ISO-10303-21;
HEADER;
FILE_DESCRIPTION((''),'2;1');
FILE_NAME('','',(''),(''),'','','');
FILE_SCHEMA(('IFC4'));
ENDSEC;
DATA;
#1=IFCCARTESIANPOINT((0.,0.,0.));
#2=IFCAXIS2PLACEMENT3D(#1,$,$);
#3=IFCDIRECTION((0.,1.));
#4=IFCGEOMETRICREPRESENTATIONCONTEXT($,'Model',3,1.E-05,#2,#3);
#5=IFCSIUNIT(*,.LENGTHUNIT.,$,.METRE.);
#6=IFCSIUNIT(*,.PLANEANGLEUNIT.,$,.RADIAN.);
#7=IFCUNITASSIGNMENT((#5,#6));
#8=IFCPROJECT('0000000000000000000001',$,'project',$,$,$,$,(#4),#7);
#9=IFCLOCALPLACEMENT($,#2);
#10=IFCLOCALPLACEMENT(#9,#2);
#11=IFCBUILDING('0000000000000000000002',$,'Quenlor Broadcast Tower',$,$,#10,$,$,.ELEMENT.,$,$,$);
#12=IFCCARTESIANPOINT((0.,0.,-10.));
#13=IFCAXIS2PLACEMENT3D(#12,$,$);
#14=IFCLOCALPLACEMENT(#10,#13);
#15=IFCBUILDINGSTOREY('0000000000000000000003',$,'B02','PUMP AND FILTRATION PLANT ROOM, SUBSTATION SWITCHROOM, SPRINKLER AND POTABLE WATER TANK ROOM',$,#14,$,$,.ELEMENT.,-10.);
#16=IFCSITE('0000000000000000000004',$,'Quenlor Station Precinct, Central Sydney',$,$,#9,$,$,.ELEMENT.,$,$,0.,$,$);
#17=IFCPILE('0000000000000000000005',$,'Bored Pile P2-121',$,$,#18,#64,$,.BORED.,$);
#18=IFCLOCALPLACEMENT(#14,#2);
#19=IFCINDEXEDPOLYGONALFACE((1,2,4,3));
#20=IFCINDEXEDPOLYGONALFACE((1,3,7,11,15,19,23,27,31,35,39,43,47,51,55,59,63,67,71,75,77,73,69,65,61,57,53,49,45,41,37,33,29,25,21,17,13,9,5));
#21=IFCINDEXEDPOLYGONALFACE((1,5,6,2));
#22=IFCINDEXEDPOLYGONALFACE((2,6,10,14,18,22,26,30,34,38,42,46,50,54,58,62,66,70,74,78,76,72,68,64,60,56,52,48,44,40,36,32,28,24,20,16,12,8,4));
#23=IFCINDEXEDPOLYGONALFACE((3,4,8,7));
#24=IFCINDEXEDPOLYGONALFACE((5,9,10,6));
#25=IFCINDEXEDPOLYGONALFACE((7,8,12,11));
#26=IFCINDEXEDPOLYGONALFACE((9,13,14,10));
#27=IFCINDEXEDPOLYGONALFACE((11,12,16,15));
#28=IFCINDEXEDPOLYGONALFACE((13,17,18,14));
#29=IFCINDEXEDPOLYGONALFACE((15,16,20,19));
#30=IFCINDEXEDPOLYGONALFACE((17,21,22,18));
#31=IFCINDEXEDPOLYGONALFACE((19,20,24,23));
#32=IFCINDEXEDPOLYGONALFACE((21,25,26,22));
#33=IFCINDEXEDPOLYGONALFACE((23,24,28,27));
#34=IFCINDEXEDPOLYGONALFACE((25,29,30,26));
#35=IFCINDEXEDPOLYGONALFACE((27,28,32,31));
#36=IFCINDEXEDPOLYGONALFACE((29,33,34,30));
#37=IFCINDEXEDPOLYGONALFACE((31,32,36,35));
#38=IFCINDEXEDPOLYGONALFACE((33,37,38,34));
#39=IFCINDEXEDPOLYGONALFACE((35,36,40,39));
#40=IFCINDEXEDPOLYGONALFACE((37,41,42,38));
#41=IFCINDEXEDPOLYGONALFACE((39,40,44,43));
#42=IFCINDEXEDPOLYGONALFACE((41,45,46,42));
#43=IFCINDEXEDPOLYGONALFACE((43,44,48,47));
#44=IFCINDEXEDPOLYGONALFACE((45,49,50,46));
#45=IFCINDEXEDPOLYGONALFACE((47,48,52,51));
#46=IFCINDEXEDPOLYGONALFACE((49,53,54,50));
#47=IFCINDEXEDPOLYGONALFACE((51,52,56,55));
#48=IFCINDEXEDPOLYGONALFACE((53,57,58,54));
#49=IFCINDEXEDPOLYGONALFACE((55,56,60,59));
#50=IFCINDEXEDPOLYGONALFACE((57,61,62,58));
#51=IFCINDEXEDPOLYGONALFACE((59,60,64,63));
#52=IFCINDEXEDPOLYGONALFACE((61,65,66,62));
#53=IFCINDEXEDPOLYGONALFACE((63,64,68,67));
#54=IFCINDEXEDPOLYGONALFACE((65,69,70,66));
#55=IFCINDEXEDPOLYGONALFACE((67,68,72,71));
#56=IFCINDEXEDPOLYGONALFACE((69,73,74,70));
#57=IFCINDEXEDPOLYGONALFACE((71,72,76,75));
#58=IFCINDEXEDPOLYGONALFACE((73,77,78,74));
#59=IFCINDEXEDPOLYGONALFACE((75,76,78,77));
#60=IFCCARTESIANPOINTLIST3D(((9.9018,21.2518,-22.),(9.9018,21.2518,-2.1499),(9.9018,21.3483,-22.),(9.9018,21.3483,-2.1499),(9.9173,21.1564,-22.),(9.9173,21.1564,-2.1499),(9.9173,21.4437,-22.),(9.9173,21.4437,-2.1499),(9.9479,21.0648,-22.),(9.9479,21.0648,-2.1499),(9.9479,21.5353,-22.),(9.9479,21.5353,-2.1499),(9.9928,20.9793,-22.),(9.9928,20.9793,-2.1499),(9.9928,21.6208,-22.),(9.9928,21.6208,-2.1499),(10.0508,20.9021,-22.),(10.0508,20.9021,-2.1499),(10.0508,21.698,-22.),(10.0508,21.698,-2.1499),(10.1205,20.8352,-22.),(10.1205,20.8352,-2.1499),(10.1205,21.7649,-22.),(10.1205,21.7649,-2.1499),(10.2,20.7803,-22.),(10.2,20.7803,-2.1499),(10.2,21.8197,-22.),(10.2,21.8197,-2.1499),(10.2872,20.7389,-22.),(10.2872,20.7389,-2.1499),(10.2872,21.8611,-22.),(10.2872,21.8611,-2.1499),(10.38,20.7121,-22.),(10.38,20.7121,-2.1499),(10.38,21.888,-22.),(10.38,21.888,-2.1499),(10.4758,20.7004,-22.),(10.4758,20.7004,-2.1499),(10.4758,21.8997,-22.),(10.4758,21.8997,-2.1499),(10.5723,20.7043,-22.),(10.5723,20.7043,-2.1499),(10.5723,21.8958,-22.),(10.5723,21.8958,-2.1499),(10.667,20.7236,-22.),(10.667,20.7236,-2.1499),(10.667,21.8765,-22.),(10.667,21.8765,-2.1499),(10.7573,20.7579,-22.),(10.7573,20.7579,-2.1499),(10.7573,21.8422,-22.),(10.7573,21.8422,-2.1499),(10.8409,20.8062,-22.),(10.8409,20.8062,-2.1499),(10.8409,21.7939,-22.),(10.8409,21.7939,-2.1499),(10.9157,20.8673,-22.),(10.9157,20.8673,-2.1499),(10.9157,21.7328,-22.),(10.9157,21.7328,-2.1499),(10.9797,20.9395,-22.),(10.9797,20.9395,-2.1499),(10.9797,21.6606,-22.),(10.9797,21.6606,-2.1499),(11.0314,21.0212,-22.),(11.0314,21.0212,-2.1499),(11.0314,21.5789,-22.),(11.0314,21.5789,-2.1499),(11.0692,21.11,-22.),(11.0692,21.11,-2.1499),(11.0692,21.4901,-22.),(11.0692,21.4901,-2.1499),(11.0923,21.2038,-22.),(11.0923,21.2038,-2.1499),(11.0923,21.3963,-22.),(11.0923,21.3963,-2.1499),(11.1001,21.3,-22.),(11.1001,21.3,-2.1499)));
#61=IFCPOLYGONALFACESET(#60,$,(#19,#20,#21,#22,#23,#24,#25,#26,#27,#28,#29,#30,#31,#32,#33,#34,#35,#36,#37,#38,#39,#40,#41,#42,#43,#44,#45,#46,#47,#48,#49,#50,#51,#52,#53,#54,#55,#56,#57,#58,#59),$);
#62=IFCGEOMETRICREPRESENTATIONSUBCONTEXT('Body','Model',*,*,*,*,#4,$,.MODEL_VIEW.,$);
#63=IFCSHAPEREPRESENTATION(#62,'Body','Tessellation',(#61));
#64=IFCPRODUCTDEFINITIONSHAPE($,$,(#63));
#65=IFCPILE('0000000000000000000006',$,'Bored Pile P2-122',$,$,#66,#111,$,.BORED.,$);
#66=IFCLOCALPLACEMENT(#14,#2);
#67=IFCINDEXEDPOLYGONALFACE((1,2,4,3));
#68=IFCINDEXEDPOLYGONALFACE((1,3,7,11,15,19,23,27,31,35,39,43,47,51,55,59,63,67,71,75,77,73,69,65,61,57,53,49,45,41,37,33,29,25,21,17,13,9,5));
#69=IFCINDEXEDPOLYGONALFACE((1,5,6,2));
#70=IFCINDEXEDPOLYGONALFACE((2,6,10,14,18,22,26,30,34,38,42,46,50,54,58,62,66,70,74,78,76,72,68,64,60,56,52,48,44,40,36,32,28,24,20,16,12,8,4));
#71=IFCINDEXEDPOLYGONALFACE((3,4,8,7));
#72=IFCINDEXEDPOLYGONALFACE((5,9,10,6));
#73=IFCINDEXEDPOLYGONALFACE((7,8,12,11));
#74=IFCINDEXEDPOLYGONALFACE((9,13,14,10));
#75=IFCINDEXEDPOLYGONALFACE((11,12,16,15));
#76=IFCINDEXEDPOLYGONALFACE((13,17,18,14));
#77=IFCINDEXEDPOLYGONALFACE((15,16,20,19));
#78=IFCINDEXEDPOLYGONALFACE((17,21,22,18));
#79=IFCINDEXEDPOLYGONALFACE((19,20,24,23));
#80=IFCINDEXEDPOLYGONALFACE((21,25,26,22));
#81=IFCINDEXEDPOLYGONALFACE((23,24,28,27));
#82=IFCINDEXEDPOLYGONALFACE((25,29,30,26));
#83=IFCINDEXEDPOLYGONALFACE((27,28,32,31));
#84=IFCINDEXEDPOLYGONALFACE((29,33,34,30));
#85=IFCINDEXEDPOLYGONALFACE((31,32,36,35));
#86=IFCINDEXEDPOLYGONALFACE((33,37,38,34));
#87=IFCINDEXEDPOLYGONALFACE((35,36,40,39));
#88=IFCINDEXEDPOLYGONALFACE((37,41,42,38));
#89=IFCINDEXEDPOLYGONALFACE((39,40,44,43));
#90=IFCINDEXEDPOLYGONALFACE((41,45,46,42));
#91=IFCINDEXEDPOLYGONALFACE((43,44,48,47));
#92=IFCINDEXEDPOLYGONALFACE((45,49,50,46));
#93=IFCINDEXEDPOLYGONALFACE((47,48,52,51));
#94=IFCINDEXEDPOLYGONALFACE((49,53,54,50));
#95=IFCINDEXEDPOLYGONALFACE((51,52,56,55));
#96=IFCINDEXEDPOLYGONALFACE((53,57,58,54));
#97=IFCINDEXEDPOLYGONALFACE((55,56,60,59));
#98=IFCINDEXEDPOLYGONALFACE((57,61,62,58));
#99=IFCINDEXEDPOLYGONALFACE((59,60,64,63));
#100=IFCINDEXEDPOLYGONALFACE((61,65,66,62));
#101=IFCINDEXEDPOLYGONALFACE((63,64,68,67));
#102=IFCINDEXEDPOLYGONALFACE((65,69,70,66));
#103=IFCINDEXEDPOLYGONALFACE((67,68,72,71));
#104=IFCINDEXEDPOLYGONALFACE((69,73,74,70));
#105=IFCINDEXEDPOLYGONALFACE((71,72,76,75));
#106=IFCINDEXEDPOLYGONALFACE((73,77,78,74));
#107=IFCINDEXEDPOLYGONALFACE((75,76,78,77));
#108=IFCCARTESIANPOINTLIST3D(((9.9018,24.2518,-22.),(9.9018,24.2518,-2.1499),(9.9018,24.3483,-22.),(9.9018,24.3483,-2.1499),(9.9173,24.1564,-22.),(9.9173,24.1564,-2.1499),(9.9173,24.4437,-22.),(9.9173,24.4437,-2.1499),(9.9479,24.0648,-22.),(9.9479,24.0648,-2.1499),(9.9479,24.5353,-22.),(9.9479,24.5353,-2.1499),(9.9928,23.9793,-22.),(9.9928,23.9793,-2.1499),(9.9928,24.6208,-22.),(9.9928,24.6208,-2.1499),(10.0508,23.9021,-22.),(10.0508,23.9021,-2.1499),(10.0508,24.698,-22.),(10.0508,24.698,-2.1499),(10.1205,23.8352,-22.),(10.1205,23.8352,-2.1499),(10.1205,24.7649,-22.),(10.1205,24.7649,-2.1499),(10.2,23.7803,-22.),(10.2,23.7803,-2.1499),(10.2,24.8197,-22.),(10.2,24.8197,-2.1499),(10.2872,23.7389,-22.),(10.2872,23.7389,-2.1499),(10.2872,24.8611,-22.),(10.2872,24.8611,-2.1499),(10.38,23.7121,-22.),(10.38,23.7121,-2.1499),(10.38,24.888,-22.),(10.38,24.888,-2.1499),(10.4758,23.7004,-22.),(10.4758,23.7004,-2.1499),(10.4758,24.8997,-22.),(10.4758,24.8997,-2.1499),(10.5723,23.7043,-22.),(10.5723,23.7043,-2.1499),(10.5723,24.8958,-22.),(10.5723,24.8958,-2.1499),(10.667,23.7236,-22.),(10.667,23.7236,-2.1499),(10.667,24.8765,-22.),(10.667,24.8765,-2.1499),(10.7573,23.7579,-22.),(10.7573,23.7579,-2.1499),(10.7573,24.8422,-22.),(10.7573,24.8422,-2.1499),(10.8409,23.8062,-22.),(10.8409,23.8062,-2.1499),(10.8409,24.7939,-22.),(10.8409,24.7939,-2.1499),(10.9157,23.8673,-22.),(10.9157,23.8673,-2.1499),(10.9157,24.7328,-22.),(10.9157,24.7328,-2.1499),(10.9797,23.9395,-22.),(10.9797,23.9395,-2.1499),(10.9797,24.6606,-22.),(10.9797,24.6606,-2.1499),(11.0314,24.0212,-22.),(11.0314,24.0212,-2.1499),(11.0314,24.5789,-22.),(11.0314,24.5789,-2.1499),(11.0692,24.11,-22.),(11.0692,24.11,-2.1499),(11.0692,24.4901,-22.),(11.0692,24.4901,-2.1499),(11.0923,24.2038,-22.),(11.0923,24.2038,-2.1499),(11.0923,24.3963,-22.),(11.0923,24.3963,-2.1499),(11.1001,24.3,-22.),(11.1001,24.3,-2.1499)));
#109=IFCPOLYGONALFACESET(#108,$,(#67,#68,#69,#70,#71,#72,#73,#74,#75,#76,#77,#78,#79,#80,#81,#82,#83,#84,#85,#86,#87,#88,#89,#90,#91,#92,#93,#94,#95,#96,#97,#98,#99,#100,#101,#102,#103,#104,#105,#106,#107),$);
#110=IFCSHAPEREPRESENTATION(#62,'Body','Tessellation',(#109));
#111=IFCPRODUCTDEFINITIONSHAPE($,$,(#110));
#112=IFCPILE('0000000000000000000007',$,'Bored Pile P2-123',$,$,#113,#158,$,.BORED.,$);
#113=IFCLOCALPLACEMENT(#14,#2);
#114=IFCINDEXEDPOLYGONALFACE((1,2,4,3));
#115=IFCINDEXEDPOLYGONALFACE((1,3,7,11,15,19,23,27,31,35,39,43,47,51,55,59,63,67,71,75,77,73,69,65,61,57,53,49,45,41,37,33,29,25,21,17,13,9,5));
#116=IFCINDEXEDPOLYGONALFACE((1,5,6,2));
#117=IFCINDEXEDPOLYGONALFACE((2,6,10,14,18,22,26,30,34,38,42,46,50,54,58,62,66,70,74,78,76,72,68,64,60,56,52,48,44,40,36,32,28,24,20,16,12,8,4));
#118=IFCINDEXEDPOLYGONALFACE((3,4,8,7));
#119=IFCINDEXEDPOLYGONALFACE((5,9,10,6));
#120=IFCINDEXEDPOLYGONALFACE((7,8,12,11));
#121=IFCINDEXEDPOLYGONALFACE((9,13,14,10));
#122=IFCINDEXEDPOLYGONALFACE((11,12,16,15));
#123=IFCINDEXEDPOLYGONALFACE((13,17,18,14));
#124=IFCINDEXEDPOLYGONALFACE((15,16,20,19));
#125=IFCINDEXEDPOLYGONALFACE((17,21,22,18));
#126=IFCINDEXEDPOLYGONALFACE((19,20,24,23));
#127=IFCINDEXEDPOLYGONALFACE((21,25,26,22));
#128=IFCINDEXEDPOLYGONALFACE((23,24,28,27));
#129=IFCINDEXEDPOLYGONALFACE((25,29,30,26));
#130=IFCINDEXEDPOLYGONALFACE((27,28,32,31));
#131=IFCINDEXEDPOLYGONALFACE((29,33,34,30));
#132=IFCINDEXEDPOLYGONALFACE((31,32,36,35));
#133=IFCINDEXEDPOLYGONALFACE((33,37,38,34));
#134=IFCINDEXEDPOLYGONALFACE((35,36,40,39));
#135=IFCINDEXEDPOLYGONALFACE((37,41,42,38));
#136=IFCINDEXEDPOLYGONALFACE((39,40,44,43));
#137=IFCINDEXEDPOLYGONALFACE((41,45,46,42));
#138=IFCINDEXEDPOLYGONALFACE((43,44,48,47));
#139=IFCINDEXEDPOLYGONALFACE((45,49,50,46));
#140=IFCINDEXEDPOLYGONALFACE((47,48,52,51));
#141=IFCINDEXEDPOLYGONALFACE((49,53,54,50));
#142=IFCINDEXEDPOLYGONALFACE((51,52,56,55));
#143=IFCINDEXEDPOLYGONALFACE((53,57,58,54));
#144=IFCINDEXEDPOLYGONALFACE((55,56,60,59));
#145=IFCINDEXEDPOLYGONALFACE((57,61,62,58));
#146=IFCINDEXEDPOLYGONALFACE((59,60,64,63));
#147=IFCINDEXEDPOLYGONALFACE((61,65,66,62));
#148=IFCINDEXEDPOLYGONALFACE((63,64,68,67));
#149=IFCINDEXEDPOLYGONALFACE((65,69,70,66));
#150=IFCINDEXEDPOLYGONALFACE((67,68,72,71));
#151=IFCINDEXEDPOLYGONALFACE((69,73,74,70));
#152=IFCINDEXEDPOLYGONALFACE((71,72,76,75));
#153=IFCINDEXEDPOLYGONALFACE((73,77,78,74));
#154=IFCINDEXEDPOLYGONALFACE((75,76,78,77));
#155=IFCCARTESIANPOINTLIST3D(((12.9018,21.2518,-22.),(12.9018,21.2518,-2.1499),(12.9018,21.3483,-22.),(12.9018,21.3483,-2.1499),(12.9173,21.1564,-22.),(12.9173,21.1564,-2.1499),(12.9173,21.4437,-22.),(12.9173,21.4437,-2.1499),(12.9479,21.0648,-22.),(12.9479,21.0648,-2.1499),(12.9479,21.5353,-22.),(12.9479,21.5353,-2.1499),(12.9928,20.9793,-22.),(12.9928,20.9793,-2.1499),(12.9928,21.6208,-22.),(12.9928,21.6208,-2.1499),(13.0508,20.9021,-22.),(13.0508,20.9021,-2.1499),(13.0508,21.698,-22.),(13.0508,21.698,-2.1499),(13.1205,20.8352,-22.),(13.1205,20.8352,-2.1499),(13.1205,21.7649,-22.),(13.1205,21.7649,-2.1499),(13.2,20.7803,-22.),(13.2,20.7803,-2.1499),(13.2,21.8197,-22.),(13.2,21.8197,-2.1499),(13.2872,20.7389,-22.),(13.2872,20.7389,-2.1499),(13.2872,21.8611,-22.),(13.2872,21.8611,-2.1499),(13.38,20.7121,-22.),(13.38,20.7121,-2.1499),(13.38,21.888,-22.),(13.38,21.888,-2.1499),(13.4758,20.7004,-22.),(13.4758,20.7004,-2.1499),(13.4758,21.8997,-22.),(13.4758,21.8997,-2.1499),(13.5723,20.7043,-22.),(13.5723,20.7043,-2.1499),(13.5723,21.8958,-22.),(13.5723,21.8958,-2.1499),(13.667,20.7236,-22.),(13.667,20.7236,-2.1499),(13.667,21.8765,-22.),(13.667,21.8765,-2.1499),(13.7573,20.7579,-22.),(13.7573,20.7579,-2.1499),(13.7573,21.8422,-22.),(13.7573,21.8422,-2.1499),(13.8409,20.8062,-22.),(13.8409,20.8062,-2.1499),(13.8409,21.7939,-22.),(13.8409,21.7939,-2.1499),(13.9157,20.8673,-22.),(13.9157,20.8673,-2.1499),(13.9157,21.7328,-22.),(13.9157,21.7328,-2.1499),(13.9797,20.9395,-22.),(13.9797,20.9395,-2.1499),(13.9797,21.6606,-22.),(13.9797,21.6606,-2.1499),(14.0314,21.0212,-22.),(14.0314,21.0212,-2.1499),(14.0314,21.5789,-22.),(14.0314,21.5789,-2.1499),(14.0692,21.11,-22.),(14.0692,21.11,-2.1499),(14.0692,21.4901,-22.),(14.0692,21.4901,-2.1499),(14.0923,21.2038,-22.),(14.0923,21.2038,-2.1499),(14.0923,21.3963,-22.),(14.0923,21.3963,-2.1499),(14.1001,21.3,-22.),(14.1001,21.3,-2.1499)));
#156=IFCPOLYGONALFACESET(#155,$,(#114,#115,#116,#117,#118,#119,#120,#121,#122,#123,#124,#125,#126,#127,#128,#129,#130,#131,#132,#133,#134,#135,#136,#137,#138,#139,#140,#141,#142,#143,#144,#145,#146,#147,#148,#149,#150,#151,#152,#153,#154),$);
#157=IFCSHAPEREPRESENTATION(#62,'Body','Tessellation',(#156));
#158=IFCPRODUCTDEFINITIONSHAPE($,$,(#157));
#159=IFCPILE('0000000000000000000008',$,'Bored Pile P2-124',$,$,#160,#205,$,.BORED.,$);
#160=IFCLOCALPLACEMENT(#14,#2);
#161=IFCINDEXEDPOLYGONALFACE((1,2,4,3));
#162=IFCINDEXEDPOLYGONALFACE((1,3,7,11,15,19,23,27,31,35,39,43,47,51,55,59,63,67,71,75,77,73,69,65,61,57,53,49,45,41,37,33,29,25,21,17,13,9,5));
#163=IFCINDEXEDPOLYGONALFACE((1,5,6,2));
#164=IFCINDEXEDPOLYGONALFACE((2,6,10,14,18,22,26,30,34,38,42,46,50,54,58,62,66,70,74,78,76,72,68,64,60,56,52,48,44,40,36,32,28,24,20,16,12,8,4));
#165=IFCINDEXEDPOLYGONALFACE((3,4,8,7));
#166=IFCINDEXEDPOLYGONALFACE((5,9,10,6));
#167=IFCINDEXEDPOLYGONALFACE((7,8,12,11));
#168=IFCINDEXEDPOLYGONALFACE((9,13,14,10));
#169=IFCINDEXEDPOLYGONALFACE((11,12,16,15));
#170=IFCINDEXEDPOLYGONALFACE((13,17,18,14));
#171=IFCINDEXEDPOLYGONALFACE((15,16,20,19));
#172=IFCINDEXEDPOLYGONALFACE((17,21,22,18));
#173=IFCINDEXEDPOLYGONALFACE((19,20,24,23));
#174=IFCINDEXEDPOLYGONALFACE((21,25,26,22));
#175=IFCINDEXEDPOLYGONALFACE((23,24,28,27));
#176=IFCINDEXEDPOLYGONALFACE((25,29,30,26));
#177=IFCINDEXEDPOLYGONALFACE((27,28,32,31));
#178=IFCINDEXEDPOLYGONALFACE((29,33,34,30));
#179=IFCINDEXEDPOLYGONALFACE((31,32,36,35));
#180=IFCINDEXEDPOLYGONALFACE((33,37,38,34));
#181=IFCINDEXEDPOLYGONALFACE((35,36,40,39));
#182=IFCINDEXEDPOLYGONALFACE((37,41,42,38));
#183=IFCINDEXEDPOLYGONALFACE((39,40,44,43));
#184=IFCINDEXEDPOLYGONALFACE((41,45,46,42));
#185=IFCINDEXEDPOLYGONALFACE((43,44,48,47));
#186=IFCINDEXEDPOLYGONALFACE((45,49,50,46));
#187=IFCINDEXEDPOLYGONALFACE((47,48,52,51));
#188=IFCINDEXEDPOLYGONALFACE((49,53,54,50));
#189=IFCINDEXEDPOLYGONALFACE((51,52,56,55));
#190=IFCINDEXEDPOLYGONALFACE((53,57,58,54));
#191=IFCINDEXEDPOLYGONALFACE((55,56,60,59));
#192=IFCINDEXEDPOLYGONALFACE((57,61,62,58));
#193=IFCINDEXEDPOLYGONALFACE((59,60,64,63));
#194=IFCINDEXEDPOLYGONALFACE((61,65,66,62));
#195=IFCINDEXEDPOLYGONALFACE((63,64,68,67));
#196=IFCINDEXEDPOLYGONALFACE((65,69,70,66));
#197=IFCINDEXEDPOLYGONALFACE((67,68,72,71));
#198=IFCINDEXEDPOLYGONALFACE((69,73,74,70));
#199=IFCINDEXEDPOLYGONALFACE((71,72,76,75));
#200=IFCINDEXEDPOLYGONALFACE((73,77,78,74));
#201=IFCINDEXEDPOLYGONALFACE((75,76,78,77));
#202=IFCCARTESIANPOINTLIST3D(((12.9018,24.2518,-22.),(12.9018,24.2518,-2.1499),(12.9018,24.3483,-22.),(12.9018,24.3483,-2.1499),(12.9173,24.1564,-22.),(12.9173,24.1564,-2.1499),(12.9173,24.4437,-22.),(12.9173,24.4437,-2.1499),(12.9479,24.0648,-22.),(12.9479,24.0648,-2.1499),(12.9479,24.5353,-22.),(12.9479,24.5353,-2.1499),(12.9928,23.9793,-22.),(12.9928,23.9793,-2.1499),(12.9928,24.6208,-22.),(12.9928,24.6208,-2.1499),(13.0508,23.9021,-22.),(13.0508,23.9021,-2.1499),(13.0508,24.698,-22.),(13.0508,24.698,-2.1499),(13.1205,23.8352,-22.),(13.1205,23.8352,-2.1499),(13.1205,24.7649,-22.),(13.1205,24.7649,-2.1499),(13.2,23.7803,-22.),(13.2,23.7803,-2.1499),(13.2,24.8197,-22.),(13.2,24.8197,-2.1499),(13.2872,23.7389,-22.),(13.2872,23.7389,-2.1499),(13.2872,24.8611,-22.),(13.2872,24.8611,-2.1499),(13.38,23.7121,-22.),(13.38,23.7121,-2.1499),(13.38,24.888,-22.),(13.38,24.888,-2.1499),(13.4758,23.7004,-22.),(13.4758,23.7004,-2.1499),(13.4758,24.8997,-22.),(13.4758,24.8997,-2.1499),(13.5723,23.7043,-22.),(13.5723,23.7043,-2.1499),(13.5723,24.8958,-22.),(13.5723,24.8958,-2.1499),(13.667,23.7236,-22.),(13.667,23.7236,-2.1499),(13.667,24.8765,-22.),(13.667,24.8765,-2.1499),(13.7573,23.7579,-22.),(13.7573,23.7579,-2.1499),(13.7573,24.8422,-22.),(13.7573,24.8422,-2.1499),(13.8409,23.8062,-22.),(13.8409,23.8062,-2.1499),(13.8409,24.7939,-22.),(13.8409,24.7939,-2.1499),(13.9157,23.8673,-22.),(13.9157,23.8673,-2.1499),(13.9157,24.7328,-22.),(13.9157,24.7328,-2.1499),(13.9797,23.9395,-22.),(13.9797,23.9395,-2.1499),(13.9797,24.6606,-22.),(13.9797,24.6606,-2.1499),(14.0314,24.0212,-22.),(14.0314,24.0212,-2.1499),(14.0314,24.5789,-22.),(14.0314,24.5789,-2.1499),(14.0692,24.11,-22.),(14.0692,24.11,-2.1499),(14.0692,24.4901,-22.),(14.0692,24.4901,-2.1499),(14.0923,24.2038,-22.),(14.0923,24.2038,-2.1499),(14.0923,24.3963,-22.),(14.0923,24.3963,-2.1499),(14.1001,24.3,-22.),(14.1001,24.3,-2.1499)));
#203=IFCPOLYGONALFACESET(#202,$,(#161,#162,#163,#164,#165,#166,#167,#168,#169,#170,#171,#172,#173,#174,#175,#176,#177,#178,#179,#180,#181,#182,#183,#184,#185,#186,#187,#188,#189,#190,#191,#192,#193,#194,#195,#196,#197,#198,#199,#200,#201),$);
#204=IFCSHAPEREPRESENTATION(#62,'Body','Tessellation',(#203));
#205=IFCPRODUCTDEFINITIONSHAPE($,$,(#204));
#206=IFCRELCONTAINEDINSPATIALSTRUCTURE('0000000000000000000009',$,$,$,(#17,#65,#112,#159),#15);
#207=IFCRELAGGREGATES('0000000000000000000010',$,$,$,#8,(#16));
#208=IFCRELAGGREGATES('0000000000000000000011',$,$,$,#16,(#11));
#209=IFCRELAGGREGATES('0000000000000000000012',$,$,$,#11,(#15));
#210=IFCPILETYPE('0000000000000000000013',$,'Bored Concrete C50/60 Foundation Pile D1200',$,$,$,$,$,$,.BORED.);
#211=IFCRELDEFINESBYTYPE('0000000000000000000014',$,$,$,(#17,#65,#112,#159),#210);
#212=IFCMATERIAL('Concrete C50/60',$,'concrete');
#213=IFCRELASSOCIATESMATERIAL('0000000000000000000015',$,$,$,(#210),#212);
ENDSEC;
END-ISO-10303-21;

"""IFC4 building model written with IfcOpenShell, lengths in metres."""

from ifc_helpers import new_model, si_unit, direction, frame, origin, origin_2d, place, context, subcontext, project, spatial, circle, extrude, material, material_profile, profile_set, type_object, element, save


model = new_model("IFC4")

# Units and contexts
model_context = context("Model", 3, precision=1e-05, world=origin(), true_north=direction((0.0, 1.0)))
body_context = subcontext(model_context, "Body", "Model", "MODEL_VIEW")
ifc_project = project(units=[si_unit("LENGTHUNIT", "METRE"), si_unit("PLANEANGLEUNIT", "RADIAN")], contexts=[model_context])

# Site, building, storey
site_placement = place(None, origin())
site = spatial("IfcSite", under=ifc_project, at=site_placement, Name="Quenlor Station Precinct, Central Sydney", CompositionType="ELEMENT", RefElevation=0.0)
building_placement = place(site_placement, origin())
building = spatial("IfcBuilding", under=site, at=building_placement, Name="Quenlor Broadcast Tower", CompositionType="ELEMENT")
storey_placement = place(building_placement, frame((0.0, 0.0, -10.0)))
storey = spatial("IfcBuildingStorey", under=building, at=storey_placement, Name="B02", Description="PUMP AND FILTRATION PLANT ROOM, SUBSTATION SWITCHROOM, SPRINKLER AND POTABLE WATER TANK ROOM", CompositionType="ELEMENT", Elevation=-10.0)

# Piles
ifc_material_1 = material(Name="Concrete C50/60", Category="concrete")
ifc_material_profile_1 = material_profile(ifc_material_1, circle(Radius=0.6001, at=origin_2d()))
ifc_profile_set_1 = profile_set([ifc_material_profile_1], Name="Concrete C50/60 PILE1200")
pile_type = type_object("IfcPileType", Name="Bored Concrete C50/60 Foundation Pile D1200", PredefinedType="BORED", material=ifc_profile_set_1)
for number, where, z_axis, x_axis, name in (
    (1, (10.5, 21.3, -2.1499), (0.0, 0.0, -1.0), (1.0, 0.0, 0.0), "Bored Pile P2-121"),
    (2, (10.5, 24.3, -2.1499), (0.0, 0.0, -1.0), (1.0, 0.0, 0.0), "Bored Pile P2-122"),
    (3, (13.5, 21.3, -2.1499), (0.0, 0.0, -1.0), (1.0, 0.0, 0.0), "Bored Pile P2-123"),
    (4, (13.5, 24.3, -2.1499), (0.0, 0.0, -1.0), (1.0, 0.0, 0.0), "Bored Pile P2-124"),
):
    element("IfcPile", number, at=place(storey_placement, frame(where, z_axis=z_axis, x_axis=x_axis)), inside=storey, type_object=pile_type, Name=name, PredefinedType="BORED", context=body_context, shape_type="SweptSolid", body=[
        extrude(circle(Radius=0.6001, at=origin_2d()), origin(), (0.0, 0.0, 1.0), 19.8501),
    ])

save(model, "model.ifc")
